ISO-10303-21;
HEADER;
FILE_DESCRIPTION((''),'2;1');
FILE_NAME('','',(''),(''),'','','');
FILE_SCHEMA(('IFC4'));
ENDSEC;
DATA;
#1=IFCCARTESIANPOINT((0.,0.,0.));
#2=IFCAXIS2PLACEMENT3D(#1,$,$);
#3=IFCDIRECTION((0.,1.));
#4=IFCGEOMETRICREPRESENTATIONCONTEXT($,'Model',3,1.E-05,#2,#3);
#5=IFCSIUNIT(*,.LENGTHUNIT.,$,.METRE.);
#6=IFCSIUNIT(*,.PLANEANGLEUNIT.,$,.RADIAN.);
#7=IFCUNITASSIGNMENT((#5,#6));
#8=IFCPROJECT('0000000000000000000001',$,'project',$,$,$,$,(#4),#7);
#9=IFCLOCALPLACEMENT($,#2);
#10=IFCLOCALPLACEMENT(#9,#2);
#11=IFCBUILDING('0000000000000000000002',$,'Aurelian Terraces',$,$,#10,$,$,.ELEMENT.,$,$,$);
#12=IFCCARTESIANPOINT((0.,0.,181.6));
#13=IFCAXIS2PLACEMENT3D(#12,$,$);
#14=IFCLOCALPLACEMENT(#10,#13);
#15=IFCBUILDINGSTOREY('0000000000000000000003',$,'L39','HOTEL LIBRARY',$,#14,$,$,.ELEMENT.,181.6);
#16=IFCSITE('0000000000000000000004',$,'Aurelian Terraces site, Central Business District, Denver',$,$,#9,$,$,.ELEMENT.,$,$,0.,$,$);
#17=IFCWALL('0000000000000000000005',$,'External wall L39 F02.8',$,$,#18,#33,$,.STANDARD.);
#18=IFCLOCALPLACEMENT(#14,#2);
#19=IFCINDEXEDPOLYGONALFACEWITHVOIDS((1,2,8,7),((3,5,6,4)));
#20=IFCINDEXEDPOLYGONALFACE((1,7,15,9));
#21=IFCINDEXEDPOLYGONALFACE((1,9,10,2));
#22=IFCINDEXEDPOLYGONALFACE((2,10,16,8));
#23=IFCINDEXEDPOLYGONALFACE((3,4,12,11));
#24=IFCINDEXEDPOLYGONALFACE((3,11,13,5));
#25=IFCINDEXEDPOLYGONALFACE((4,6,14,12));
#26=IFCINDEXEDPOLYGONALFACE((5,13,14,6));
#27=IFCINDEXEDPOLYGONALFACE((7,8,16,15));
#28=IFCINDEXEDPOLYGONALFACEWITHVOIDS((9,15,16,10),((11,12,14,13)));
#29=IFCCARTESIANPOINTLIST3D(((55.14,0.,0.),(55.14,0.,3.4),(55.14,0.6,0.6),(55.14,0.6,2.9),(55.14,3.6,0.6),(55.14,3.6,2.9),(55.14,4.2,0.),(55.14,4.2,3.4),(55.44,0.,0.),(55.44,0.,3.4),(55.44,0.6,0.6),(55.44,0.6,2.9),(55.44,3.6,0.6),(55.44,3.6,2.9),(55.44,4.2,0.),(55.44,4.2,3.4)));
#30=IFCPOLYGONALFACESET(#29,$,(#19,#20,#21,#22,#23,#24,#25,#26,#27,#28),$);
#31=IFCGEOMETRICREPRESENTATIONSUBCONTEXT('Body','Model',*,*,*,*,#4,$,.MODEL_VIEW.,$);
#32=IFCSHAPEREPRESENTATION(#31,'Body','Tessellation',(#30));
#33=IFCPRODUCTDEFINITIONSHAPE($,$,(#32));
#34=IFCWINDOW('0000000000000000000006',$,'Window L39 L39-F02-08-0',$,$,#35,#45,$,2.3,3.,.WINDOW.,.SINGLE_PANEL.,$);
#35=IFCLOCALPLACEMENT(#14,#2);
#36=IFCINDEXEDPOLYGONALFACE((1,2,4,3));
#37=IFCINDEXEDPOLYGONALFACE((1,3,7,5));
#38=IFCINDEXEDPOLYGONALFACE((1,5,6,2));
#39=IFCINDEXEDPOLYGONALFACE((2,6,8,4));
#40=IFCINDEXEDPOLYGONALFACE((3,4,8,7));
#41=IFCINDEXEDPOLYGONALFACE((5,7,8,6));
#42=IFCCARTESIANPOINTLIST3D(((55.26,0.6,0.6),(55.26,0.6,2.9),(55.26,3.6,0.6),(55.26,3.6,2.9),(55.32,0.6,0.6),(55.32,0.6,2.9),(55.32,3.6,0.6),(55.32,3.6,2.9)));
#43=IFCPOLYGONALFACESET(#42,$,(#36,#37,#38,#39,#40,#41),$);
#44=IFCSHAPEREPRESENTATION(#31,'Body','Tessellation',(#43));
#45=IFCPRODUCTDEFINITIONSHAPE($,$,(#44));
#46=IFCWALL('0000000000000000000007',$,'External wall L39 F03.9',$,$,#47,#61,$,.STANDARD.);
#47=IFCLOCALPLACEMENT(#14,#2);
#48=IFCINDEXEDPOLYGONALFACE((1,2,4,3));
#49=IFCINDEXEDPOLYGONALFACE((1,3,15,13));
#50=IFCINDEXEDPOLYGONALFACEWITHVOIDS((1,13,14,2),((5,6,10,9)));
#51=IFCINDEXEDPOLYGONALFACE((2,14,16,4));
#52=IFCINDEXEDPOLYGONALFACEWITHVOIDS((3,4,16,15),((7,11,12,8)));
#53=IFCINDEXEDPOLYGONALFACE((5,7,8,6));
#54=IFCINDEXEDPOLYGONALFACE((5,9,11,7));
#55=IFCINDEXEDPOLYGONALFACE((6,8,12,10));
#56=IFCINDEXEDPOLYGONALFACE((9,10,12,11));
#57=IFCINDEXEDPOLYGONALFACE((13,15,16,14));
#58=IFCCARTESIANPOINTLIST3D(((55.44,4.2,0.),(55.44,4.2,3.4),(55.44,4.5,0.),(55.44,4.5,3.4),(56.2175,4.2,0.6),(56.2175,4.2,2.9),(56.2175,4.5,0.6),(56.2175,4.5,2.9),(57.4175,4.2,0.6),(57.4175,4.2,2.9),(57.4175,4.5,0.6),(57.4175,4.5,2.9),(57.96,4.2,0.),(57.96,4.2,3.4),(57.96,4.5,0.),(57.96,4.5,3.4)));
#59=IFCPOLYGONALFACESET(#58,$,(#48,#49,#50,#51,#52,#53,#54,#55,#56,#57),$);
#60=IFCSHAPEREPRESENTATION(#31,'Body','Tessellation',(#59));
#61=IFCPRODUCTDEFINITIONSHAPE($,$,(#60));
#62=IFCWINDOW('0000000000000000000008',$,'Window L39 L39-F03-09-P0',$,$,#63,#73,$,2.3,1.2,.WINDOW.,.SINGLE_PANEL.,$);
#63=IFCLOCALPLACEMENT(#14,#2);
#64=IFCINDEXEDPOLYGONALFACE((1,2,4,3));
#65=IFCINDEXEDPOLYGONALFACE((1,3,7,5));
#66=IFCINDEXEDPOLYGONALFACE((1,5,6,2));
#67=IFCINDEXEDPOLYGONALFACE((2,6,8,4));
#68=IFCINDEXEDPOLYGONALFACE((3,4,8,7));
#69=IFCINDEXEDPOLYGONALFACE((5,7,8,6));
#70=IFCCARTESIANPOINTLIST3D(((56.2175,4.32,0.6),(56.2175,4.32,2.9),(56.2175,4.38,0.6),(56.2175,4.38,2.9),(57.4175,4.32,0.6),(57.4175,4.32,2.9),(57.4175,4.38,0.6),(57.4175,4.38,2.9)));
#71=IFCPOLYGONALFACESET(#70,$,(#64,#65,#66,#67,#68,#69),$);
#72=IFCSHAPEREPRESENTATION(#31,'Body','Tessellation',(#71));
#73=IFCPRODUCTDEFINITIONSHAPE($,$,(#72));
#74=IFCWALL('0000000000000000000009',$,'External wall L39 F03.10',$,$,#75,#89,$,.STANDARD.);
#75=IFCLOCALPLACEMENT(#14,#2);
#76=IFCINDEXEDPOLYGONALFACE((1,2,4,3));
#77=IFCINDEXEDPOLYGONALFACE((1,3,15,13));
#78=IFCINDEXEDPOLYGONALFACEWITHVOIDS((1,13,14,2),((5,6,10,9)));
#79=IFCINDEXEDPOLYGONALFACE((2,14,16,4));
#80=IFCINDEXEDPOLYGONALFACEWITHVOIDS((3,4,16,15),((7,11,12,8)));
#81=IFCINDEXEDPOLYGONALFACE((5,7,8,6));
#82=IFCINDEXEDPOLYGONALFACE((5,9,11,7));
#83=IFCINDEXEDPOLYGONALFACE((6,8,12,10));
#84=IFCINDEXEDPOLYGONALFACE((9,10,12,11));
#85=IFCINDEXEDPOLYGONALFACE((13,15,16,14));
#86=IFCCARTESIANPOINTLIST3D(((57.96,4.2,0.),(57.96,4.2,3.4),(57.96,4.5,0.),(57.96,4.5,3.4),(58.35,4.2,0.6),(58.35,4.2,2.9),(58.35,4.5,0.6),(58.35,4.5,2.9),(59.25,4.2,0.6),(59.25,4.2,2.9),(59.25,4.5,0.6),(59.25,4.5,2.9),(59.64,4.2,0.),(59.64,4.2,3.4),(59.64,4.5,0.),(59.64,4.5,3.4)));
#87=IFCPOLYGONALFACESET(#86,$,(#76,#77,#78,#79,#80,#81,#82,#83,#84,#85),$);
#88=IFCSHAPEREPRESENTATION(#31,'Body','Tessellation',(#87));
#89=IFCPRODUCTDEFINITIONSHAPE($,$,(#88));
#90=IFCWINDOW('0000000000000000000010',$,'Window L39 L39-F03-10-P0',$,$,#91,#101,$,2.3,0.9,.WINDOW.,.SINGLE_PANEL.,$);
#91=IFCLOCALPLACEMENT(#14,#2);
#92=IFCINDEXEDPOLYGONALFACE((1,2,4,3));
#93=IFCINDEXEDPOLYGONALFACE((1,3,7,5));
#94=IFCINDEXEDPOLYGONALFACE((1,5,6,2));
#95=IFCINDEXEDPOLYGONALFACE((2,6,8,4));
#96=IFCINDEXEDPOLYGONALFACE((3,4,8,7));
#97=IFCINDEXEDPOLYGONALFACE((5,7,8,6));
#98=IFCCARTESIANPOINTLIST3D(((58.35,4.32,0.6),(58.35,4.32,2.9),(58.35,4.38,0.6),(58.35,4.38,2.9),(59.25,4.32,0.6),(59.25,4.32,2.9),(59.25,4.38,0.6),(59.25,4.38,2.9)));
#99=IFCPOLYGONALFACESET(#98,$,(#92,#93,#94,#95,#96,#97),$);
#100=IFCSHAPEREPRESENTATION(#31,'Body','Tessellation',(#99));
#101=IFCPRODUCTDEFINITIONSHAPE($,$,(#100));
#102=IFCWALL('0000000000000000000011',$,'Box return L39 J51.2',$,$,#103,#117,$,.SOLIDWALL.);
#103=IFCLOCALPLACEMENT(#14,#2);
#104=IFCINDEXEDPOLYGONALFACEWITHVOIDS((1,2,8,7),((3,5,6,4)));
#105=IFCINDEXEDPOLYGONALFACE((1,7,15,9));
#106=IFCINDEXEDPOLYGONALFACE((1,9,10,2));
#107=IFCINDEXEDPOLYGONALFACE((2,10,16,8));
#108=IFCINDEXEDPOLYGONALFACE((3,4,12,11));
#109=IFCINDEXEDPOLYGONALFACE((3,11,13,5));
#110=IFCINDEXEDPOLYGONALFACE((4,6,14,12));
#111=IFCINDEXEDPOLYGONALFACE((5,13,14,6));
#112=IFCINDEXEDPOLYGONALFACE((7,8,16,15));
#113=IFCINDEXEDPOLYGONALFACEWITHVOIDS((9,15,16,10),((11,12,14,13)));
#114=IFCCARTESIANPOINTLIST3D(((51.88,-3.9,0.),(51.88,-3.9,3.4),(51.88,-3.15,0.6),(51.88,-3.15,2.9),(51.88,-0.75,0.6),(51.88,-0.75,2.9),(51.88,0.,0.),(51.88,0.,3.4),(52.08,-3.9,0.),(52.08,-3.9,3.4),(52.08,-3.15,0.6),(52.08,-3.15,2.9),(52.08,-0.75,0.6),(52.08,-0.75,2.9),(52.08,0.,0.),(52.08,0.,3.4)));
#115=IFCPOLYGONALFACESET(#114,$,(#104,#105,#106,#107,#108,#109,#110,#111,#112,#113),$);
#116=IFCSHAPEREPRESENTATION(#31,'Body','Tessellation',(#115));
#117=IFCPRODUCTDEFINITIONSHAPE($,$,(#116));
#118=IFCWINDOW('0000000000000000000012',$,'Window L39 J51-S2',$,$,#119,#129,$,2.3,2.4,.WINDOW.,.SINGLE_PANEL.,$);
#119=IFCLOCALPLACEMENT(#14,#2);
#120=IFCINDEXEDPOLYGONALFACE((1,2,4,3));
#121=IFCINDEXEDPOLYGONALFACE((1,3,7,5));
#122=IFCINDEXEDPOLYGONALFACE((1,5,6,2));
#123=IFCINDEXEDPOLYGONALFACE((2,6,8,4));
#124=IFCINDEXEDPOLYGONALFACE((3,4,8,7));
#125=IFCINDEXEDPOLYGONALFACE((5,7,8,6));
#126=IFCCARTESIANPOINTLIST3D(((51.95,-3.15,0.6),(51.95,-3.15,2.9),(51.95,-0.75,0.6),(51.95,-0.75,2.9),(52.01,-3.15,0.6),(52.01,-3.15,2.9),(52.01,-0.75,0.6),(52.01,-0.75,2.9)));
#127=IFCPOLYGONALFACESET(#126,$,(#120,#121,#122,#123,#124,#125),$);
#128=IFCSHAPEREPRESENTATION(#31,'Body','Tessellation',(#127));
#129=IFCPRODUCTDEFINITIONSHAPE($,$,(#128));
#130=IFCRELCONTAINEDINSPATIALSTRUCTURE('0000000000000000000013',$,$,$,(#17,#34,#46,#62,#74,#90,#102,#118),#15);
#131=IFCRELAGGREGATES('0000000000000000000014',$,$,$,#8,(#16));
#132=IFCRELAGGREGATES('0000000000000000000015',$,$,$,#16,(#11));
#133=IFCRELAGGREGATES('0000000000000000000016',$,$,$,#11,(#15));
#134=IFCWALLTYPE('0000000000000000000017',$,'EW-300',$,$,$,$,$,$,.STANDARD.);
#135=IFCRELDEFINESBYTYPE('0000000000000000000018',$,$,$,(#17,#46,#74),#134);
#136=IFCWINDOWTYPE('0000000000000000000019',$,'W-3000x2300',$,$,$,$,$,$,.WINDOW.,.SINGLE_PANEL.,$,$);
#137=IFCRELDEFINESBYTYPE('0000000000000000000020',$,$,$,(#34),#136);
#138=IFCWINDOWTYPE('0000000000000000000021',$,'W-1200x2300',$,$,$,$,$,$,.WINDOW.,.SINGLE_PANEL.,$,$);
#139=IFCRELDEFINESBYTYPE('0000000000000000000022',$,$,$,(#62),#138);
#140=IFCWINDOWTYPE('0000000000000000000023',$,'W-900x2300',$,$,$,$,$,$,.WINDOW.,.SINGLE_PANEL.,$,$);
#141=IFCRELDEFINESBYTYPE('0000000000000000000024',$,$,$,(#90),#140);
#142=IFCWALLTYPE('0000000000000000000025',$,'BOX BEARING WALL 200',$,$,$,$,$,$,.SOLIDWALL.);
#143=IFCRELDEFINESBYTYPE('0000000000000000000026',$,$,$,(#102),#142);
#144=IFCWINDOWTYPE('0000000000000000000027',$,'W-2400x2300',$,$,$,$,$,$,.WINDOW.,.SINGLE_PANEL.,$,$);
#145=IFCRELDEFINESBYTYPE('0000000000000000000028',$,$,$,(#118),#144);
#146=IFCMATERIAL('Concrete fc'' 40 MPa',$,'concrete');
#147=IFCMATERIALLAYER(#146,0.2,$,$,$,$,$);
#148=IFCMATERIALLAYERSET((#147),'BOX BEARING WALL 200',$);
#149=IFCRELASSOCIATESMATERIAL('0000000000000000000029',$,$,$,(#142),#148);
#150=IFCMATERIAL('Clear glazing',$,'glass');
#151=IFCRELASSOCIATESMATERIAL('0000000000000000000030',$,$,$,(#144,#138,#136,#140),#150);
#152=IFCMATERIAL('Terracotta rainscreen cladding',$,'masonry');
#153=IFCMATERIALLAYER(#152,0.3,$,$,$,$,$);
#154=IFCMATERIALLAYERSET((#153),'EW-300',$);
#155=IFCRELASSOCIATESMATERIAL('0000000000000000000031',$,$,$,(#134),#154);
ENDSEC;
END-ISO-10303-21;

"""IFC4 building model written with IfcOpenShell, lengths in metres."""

from ifc_helpers import new_model, si_unit, direction, frame, frame_2d, origin, place, context, subcontext, project, spatial, rectangle, extrude, source, transform, mapped, material, layer, layer_set, type_object, element, fill, save


model = new_model("IFC4")

# Units and contexts
model_context = context("Model", 3, precision=1e-05, world=origin(), true_north=direction((0.0, 1.0)))
body_context = subcontext(model_context, "Body", "Model", "MODEL_VIEW")
ifc_project = project(units=[si_unit("LENGTHUNIT", "METRE"), si_unit("PLANEANGLEUNIT", "RADIAN")], contexts=[model_context])

# Site, building, storey
site_placement = place(None, origin())
site = spatial("IfcSite", under=ifc_project, at=site_placement, Name="Aurelian Terraces site, Central Business District, Denver", CompositionType="ELEMENT", RefElevation=0.0)
building_placement = place(site_placement, origin())
building = spatial("IfcBuilding", under=site, at=building_placement, Name="Aurelian Terraces", CompositionType="ELEMENT")
storey_placement = place(building_placement, frame((0.0, 0.0, 181.6)))
storey = spatial("IfcBuildingStorey", under=building, at=storey_placement, Name="L39", Description="HOTEL LIBRARY", CompositionType="ELEMENT", Elevation=181.6)

# Walls, openings, windows
ifc_material_1 = material(Name="Concrete fc' 40 MPa", Category="concrete")
ifc_layer_1 = layer(ifc_material_1, 0.2)
ifc_layer_set_1 = layer_set([ifc_layer_1], Name="BOX BEARING WALL 200")
wall_type_1 = type_object("IfcWallType", Name="BOX BEARING WALL 200", PredefinedType="SOLIDWALL", material=ifc_layer_set_1)
shared_shape_1 = source(origin(), body_context, "Body", "SweptSolid", [
    extrude(rectangle(XDim=2.4, YDim=2.3, at=frame_2d((1.2, 1.15))), frame((0.0, 0.11, 0.0), z_axis=(0.0, -1.0, 0.0), x_axis=(1.0, 0.0, 0.0)), (0.0, 0.0, 1.0), 0.22),
])
ifc_material_2 = material(Name="Clear glazing", Category="glass")
window_type_1 = type_object("IfcWindowType", Name="W-2400x2300", PartitioningType="SINGLE_PANEL", PredefinedType="WINDOW", material=ifc_material_2)
shared_shape_2 = source(origin(), body_context, "Body", "SweptSolid", [
    extrude(rectangle(XDim=2.4, YDim=2.3, at=frame_2d((1.2, 1.15))), frame((0.0, 0.03, 0.0), z_axis=(0.0, -1.0, 0.0), x_axis=(1.0, 0.0, 0.0)), (0.0, 0.0, 1.0), 0.06),
])
ifc_material_3 = material(Name="Terracotta rainscreen cladding", Category="masonry")
ifc_layer_2 = layer(ifc_material_3, 0.3)
ifc_layer_set_2 = layer_set([ifc_layer_2], Name="EW-300")
wall_type_2 = type_object("IfcWallType", Name="EW-300", PredefinedType="STANDARD", material=ifc_layer_set_2)
shared_shape_3 = source(origin(), body_context, "Body", "SweptSolid", [
    extrude(rectangle(XDim=1.2, YDim=2.3, at=frame_2d((0.6, 1.15))), frame((0.0, 0.16, 0.0), z_axis=(0.0, -1.0, 0.0), x_axis=(1.0, 0.0, 0.0)), (0.0, 0.0, 1.0), 0.32),
])
window_type_2 = type_object("IfcWindowType", Name="W-1200x2300", PartitioningType="SINGLE_PANEL", PredefinedType="WINDOW", material=ifc_material_2)
shared_shape_4 = source(origin(), body_context, "Body", "SweptSolid", [
    extrude(rectangle(XDim=1.2, YDim=2.3, at=frame_2d((0.6, 1.15))), frame((0.0, 0.03, 0.0), z_axis=(0.0, -1.0, 0.0), x_axis=(1.0, 0.0, 0.0)), (0.0, 0.0, 1.0), 0.06),
])
shared_shape_5 = source(origin(), body_context, "Body", "SweptSolid", [
    extrude(rectangle(XDim=4.2, YDim=0.3, at=frame_2d((2.1, 0.0))), origin(), (0.0, 0.0, 1.0), 3.4),
])
wall_1_placement = place(storey_placement, frame((55.29, 0.0, 0.0), z_axis=(0.0, 0.0, 1.0), x_axis=(0.0, 1.0, 0.0)))
wall_1 = element("IfcWall", 1, at=wall_1_placement, inside=storey, type_object=wall_type_2, Name="External wall L39 F02.8", PredefinedType="STANDARD", context=body_context, shape_type="MappedRepresentation", body=[
    mapped(shared_shape_5, transform((0.0, 0.0, 0.0), scale=1.0)),
])
shared_shape_6 = source(origin(), body_context, "Body", "SweptSolid", [
    extrude(rectangle(XDim=3.0, YDim=2.3, at=frame_2d((1.5, 1.15))), frame((0.0, 0.16, 0.0), z_axis=(0.0, -1.0, 0.0), x_axis=(1.0, 0.0, 0.0)), (0.0, 0.0, 1.0), 0.32),
])
opening_1_placement = place(wall_1_placement, frame((0.6, 0.0, 0.6)))
opening_1 = element("IfcOpeningElement", 2, at=opening_1_placement, cuts=wall_1, PredefinedType="OPENING", context=body_context, shape_type="MappedRepresentation", body=[
    mapped(shared_shape_6, transform((0.0, 0.0, 0.0), scale=1.0)),
])
window_type_3 = type_object("IfcWindowType", Name="W-3000x2300", PartitioningType="SINGLE_PANEL", PredefinedType="WINDOW", material=ifc_material_2)
shared_shape_7 = source(origin(), body_context, "Body", "SweptSolid", [
    extrude(rectangle(XDim=3.0, YDim=2.3, at=frame_2d((1.5, 1.15))), frame((0.0, 0.03, 0.0), z_axis=(0.0, -1.0, 0.0), x_axis=(1.0, 0.0, 0.0)), (0.0, 0.0, 1.0), 0.06),
])
window_1_placement = place(opening_1_placement, origin())
window_1 = element("IfcWindow", 3, at=window_1_placement, inside=storey, type_object=window_type_3, Name="Window L39 L39-F02-08-0", OverallHeight=2.3, OverallWidth=3.0, PartitioningType="SINGLE_PANEL", PredefinedType="WINDOW", context=body_context, shape_type="MappedRepresentation", body=[
    mapped(shared_shape_7, transform((0.0, 0.0, 0.0), scale=1.0)),
])
fill(opening_1, window_1)
shared_shape_8 = source(origin(), body_context, "Body", "SweptSolid", [
    extrude(rectangle(XDim=2.52, YDim=0.3, at=frame_2d((1.26, 0.0))), origin(), (0.0, 0.0, 1.0), 3.4),
])
wall_2_placement = place(storey_placement, frame((55.44, 4.35, 0.0), z_axis=(0.0, 0.0, 1.0), x_axis=(1.0, 0.0, 0.0)))
wall_2 = element("IfcWall", 4, at=wall_2_placement, inside=storey, type_object=wall_type_2, Name="External wall L39 F03.9", PredefinedType="STANDARD", context=body_context, shape_type="MappedRepresentation", body=[
    mapped(shared_shape_8, transform((0.0, 0.0, 0.0), scale=1.0)),
])
opening_2_placement = place(wall_2_placement, frame((0.7775, 0.0, 0.6)))
opening_2 = element("IfcOpeningElement", 5, at=opening_2_placement, cuts=wall_2, PredefinedType="OPENING", context=body_context, shape_type="MappedRepresentation", body=[
    mapped(shared_shape_3, transform((0.0, 0.0, 0.0), scale=1.0)),
])
window_2_placement = place(opening_2_placement, origin())
window_2 = element("IfcWindow", 6, at=window_2_placement, inside=storey, type_object=window_type_2, Name="Window L39 L39-F03-09-P0", OverallHeight=2.3, OverallWidth=1.2, PartitioningType="SINGLE_PANEL", PredefinedType="WINDOW", context=body_context, shape_type="MappedRepresentation", body=[
    mapped(shared_shape_4, transform((0.0, 0.0, 0.0), scale=1.0)),
])
fill(opening_2, window_2)
shared_shape_9 = source(origin(), body_context, "Body", "SweptSolid", [
    extrude(rectangle(XDim=1.68, YDim=0.3, at=frame_2d((0.84, 0.0))), origin(), (0.0, 0.0, 1.0), 3.4),
])
wall_3_placement = place(storey_placement, frame((57.96, 4.35, 0.0), z_axis=(0.0, 0.0, 1.0), x_axis=(1.0, 0.0, 0.0)))
wall_3 = element("IfcWall", 7, at=wall_3_placement, inside=storey, type_object=wall_type_2, Name="External wall L39 F03.10", PredefinedType="STANDARD", context=body_context, shape_type="MappedRepresentation", body=[
    mapped(shared_shape_9, transform((0.0, 0.0, 0.0), scale=1.0)),
])
shared_shape_10 = source(origin(), body_context, "Body", "SweptSolid", [
    extrude(rectangle(XDim=0.9, YDim=2.3, at=frame_2d((0.45, 1.15))), frame((0.0, 0.16, 0.0), z_axis=(0.0, -1.0, 0.0), x_axis=(1.0, 0.0, 0.0)), (0.0, 0.0, 1.0), 0.32),
])
opening_3_placement = place(wall_3_placement, frame((0.39, 0.0, 0.6)))
opening_3 = element("IfcOpeningElement", 8, at=opening_3_placement, cuts=wall_3, PredefinedType="OPENING", context=body_context, shape_type="MappedRepresentation", body=[
    mapped(shared_shape_10, transform((0.0, 0.0, 0.0), scale=1.0)),
])
window_type_4 = type_object("IfcWindowType", Name="W-900x2300", PartitioningType="SINGLE_PANEL", PredefinedType="WINDOW", material=ifc_material_2)
shared_shape_11 = source(origin(), body_context, "Body", "SweptSolid", [
    extrude(rectangle(XDim=0.9, YDim=2.3, at=frame_2d((0.45, 1.15))), frame((0.0, 0.03, 0.0), z_axis=(0.0, -1.0, 0.0), x_axis=(1.0, 0.0, 0.0)), (0.0, 0.0, 1.0), 0.06),
])
window_3_placement = place(opening_3_placement, origin())
window_3 = element("IfcWindow", 9, at=window_3_placement, inside=storey, type_object=window_type_4, Name="Window L39 L39-F03-10-P0", OverallHeight=2.3, OverallWidth=0.9, PartitioningType="SINGLE_PANEL", PredefinedType="WINDOW", context=body_context, shape_type="MappedRepresentation", body=[
    mapped(shared_shape_11, transform((0.0, 0.0, 0.0), scale=1.0)),
])
fill(opening_3, window_3)
shared_shape_12 = source(origin(), body_context, "Body", "SweptSolid", [
    extrude(rectangle(XDim=3.9, YDim=0.2, at=frame_2d((1.95, 0.0))), origin(), (0.0, 0.0, 1.0), 3.4),
])
wall_4_placement = place(storey_placement, frame((51.98, 0.0, 0.0), z_axis=(0.0, 0.0, 1.0), x_axis=(0.0, -1.0, 0.0)))
wall_4 = element("IfcWall", 10, at=wall_4_placement, inside=storey, type_object=wall_type_1, Name="Box return L39 J51.2", PredefinedType="SOLIDWALL", context=body_context, shape_type="MappedRepresentation", body=[
    mapped(shared_shape_12, transform((0.0, 0.0, 0.0), scale=1.0)),
])
opening_4_placement = place(wall_4_placement, frame((0.75, 0.0, 0.6)))
opening_4 = element("IfcOpeningElement", 11, at=opening_4_placement, cuts=wall_4, PredefinedType="OPENING", context=body_context, shape_type="MappedRepresentation", body=[
    mapped(shared_shape_1, transform((0.0, 0.0, 0.0), scale=1.0)),
])
window_4_placement = place(opening_4_placement, origin())
window_4 = element("IfcWindow", 12, at=window_4_placement, inside=storey, type_object=window_type_1, Name="Window L39 J51-S2", OverallHeight=2.3, OverallWidth=2.4, PartitioningType="SINGLE_PANEL", PredefinedType="WINDOW", context=body_context, shape_type="MappedRepresentation", body=[
    mapped(shared_shape_2, transform((0.0, 0.0, 0.0), scale=1.0)),
])
fill(opening_4, window_4)

save(model, "model.ifc")
